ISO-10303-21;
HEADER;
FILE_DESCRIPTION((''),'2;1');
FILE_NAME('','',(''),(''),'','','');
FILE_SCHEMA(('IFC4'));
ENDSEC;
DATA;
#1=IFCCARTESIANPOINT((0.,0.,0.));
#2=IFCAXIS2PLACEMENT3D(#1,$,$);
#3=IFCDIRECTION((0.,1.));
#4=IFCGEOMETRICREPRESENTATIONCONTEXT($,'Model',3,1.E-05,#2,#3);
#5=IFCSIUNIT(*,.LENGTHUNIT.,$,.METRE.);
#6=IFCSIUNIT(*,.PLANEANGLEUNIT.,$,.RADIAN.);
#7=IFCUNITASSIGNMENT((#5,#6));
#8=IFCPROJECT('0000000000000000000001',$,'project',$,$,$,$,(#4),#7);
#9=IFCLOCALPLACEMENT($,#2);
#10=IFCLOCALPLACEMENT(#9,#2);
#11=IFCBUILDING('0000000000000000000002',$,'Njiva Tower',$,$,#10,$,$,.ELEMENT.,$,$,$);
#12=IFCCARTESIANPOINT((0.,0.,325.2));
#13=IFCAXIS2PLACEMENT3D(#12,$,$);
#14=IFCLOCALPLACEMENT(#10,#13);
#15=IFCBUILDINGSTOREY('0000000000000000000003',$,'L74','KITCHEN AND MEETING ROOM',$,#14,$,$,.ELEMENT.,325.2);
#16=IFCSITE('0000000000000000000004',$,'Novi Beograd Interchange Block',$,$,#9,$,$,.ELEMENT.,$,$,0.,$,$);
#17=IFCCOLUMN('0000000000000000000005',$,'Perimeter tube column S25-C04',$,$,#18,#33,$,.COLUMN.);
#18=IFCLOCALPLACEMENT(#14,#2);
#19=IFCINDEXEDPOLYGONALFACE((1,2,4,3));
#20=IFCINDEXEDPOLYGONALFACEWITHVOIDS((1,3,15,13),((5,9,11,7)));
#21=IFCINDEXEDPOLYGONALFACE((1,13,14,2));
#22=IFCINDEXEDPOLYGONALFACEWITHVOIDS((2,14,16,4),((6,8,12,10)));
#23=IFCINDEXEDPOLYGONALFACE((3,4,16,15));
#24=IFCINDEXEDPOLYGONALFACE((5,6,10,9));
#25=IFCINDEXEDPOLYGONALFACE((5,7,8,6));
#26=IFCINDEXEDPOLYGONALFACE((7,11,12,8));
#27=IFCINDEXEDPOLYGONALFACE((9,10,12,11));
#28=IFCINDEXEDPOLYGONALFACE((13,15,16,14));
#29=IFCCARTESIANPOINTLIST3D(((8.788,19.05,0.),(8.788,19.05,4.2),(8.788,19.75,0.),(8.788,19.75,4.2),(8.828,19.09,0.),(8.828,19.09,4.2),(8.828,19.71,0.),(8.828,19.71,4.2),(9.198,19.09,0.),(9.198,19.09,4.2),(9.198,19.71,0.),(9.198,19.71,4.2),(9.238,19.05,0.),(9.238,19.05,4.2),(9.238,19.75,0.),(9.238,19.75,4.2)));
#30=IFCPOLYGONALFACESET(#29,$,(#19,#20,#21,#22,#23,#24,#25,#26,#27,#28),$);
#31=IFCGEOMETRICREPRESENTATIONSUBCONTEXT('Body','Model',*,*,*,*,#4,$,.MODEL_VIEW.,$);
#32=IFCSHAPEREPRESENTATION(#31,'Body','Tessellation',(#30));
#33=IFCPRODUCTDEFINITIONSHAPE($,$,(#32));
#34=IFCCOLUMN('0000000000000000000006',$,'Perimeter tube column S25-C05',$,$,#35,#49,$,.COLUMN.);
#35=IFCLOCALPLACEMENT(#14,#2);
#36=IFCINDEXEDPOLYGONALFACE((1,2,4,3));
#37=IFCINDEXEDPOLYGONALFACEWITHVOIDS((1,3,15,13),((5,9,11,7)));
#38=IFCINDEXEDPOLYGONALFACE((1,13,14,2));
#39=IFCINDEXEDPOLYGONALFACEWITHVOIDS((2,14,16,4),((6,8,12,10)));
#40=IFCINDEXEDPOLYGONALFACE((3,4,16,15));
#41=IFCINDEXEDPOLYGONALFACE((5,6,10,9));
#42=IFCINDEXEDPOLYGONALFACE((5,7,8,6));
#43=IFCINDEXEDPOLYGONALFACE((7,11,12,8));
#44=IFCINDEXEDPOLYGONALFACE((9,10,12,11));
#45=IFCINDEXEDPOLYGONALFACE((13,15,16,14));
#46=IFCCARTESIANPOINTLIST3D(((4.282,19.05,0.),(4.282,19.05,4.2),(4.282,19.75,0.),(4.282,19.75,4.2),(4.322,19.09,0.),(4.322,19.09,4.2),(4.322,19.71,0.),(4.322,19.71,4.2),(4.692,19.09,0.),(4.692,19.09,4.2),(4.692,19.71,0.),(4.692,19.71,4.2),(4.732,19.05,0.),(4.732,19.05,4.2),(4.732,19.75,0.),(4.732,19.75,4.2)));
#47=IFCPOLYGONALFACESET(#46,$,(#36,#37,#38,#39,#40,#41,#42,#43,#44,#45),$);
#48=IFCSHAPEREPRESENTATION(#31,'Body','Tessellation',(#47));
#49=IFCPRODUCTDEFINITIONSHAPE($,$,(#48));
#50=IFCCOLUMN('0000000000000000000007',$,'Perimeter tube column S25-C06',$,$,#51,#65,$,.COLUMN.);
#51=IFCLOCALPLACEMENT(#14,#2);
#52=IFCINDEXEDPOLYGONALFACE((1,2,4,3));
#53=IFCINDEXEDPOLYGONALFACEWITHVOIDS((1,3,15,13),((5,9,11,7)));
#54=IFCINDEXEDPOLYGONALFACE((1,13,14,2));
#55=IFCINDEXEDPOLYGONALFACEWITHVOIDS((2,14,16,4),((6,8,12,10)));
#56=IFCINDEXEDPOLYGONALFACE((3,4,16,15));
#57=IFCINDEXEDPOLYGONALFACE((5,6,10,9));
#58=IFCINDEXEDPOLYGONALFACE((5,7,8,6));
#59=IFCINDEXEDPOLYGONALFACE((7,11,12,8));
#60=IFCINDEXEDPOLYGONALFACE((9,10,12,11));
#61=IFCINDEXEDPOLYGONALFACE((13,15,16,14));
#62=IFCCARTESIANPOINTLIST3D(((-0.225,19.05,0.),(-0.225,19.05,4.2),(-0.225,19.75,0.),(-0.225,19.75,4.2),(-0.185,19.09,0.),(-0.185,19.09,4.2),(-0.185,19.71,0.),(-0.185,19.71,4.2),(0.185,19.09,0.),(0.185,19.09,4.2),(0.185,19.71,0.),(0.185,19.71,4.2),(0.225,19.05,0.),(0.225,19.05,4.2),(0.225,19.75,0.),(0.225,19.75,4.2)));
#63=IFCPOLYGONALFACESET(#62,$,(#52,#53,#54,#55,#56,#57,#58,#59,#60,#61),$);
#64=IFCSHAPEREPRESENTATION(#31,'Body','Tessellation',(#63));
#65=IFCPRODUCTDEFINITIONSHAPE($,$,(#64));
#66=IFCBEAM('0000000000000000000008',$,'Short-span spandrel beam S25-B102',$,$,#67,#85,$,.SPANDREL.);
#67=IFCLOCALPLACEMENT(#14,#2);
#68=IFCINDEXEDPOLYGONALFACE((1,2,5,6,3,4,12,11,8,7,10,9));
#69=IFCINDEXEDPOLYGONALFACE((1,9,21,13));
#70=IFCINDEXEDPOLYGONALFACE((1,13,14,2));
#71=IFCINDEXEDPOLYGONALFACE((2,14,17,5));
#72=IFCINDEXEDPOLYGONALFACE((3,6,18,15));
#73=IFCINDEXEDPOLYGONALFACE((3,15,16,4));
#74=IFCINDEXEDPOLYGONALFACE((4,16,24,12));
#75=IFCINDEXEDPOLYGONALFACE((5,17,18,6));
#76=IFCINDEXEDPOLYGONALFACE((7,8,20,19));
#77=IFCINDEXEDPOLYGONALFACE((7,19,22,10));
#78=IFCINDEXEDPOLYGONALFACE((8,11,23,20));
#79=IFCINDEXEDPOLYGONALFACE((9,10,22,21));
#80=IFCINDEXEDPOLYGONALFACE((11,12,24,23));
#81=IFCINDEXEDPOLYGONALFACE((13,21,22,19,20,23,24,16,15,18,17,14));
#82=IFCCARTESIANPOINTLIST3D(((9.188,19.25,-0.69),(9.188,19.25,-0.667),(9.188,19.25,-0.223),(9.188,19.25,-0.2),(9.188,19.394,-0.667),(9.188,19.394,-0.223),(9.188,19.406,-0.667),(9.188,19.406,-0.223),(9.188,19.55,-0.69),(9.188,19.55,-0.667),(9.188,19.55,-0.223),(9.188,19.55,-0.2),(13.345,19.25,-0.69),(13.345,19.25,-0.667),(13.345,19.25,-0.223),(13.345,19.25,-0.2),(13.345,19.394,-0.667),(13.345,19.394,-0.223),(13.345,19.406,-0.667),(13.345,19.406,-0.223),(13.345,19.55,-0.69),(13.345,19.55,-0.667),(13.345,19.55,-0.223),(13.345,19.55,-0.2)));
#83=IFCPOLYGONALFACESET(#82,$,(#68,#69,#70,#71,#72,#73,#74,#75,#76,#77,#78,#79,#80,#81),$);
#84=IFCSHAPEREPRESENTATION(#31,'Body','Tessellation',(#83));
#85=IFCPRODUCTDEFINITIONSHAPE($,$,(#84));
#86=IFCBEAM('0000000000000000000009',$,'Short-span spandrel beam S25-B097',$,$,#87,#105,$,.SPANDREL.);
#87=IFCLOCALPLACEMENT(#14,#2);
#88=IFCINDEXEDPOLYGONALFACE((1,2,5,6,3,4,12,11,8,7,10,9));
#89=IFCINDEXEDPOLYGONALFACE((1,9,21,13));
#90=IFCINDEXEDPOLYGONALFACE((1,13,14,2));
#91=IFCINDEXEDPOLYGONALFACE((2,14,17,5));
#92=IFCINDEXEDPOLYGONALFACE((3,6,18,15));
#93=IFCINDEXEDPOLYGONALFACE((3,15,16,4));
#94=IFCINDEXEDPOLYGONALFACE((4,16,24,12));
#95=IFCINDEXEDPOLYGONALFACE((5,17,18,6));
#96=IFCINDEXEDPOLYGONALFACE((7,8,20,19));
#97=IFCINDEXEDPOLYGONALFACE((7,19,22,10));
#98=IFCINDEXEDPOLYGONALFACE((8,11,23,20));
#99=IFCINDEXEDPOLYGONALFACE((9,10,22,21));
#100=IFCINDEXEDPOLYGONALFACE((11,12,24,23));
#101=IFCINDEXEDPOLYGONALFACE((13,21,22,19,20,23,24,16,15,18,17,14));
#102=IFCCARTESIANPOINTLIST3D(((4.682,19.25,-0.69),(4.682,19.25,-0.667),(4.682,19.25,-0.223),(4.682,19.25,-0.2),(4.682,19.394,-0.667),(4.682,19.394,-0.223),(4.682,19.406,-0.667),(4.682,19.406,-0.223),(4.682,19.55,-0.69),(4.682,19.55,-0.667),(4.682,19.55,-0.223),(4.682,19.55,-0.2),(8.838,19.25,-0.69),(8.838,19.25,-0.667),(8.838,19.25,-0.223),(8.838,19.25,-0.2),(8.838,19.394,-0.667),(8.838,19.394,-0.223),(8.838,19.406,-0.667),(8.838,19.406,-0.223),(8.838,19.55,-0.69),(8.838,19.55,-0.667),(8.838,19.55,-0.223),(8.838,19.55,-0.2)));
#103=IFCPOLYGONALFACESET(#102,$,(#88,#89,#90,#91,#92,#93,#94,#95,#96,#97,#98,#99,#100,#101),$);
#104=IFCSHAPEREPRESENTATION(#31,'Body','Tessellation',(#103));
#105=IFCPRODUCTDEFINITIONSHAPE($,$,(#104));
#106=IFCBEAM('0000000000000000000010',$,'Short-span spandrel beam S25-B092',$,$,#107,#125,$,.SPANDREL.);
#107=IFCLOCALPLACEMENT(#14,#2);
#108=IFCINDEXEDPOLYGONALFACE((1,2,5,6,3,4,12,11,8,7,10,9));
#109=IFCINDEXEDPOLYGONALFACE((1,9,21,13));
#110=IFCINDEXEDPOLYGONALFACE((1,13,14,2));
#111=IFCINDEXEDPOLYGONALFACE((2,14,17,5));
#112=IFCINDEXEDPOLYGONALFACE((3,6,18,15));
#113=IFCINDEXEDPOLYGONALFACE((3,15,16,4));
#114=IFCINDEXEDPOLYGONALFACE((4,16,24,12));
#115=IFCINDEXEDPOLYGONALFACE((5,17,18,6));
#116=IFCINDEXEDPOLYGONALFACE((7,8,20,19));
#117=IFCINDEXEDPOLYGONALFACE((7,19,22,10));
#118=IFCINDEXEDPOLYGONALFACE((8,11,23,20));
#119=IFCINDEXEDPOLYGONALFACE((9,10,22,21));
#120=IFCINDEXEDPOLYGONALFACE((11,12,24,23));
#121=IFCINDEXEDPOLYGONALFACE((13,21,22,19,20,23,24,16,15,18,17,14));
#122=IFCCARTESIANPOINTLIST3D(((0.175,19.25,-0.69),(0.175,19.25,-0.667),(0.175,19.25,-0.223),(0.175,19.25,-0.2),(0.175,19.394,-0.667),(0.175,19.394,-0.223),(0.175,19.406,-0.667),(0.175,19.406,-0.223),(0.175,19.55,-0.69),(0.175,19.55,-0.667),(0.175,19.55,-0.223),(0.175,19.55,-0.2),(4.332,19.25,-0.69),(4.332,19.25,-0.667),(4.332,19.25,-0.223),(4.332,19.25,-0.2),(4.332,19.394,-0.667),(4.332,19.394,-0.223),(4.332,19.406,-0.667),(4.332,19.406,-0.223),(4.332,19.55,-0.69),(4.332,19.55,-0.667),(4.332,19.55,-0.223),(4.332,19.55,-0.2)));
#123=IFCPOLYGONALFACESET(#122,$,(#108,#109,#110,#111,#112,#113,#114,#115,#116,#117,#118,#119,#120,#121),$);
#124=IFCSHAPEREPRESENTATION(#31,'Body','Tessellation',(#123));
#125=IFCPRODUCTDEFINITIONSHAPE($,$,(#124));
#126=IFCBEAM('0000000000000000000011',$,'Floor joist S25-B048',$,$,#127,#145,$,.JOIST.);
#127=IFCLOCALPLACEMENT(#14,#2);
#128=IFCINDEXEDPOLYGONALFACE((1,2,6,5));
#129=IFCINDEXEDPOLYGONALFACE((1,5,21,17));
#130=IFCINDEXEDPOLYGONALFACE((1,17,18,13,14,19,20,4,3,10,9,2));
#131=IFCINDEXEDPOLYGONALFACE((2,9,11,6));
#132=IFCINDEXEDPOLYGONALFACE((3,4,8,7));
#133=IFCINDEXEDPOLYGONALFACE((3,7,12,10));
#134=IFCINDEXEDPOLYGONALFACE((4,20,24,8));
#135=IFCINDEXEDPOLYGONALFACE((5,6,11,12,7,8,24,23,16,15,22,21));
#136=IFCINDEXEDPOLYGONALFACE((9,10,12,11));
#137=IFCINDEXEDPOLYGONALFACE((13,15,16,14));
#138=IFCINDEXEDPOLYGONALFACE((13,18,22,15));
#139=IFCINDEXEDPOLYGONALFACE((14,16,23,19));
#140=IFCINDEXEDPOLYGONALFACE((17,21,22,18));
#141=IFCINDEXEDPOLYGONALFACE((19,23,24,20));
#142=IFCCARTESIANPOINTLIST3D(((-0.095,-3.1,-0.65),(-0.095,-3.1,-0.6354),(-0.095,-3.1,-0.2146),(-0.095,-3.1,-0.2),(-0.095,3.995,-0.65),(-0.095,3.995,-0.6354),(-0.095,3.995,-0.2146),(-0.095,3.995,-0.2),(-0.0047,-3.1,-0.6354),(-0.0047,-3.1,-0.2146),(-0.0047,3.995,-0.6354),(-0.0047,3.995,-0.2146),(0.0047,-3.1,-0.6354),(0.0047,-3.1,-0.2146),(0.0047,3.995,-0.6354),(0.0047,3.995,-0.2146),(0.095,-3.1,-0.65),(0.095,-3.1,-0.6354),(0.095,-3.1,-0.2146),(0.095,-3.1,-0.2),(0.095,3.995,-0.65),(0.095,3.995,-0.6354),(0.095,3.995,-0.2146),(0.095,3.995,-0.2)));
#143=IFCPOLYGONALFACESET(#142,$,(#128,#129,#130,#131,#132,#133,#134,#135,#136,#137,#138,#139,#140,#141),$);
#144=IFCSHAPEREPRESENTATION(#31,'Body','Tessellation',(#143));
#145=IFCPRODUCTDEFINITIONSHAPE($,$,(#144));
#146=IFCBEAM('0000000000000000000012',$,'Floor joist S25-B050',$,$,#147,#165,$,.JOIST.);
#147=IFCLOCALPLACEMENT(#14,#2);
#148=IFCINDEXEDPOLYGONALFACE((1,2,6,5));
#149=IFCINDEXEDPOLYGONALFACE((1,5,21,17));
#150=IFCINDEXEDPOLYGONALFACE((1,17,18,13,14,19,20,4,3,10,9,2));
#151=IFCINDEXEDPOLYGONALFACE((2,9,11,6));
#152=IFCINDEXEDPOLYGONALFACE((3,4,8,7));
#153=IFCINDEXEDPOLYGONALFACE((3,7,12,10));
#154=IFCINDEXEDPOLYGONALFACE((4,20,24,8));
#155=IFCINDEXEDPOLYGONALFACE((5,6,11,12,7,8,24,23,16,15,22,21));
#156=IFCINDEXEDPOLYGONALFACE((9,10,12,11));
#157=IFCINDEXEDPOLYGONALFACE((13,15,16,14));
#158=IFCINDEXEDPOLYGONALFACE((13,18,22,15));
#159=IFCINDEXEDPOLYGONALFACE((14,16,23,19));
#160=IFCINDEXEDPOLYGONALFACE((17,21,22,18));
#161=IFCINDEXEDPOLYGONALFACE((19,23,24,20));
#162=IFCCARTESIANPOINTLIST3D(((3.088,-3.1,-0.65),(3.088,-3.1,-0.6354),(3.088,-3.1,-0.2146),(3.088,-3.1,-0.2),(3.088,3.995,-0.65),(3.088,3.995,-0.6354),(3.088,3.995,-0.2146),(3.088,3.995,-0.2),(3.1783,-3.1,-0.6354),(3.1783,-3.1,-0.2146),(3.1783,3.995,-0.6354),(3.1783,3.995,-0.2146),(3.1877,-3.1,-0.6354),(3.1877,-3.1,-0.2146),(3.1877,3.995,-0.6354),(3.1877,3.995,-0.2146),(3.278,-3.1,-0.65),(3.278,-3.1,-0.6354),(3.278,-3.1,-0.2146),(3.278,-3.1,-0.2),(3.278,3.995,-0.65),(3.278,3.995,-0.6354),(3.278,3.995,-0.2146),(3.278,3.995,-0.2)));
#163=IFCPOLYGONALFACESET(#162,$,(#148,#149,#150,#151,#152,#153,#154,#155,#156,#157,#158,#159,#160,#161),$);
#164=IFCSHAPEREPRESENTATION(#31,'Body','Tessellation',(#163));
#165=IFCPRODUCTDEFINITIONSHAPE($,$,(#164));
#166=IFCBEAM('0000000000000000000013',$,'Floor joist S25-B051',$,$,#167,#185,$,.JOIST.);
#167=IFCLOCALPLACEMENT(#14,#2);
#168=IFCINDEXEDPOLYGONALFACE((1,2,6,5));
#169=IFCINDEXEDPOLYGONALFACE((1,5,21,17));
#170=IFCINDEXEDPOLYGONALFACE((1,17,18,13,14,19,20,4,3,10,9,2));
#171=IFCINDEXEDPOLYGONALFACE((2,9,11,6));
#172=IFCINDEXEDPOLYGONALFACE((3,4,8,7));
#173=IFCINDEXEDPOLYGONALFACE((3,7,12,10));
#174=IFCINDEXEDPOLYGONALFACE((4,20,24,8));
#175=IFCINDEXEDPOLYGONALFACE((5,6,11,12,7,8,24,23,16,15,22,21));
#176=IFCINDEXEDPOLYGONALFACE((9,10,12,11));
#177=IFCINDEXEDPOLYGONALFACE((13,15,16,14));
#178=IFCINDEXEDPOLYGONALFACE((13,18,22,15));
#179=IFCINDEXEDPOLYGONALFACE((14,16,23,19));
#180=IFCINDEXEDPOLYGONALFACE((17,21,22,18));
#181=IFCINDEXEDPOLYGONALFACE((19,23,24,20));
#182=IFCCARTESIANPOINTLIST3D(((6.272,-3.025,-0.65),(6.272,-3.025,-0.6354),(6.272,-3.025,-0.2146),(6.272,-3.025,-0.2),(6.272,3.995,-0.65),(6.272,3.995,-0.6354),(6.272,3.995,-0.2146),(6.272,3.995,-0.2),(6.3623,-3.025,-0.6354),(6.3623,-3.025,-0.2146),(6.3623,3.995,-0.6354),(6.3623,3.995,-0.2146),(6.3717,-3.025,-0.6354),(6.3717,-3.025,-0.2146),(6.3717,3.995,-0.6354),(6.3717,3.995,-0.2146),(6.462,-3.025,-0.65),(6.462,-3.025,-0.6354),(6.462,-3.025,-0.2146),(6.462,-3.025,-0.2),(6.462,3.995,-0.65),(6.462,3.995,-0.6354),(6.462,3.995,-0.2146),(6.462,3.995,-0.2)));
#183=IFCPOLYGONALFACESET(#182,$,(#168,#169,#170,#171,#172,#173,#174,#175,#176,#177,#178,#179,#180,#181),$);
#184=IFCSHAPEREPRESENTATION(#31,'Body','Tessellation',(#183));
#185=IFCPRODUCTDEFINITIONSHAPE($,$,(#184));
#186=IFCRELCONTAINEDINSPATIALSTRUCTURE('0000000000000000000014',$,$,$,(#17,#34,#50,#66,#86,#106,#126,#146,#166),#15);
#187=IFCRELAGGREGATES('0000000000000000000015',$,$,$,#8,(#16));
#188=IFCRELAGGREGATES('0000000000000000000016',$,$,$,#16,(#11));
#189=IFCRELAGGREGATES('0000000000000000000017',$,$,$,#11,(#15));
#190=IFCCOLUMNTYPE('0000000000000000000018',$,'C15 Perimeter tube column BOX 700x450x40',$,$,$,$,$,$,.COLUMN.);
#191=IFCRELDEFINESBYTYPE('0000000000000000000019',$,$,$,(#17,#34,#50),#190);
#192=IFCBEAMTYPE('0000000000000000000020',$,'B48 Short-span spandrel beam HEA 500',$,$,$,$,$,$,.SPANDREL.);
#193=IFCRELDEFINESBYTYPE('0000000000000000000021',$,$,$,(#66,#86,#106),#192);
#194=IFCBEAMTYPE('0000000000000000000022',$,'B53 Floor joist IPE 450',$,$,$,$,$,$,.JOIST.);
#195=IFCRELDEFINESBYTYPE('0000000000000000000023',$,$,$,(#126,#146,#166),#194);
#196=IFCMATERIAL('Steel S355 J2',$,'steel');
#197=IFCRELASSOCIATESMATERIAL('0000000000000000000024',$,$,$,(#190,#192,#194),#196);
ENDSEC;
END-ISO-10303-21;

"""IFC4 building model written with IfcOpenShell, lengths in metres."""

from ifc_helpers import new_model, si_unit, direction, frame, origin, origin_2d, place, context, subcontext, project, spatial, hollow_rectangle, i_section, extrude, material, material_profile, profile_set, type_object, element, save


model = new_model("IFC4")

# Units and contexts
model_context = context("Model", 3, precision=1e-05, world=origin(), true_north=direction((0.0, 1.0)))
body_context = subcontext(model_context, "Body", "Model", "MODEL_VIEW")
ifc_project = project(units=[si_unit("LENGTHUNIT", "METRE"), si_unit("PLANEANGLEUNIT", "RADIAN")], contexts=[model_context])

# Site, building, storey
site_placement = place(None, origin())
site = spatial("IfcSite", under=ifc_project, at=site_placement, Name="Novi Beograd Interchange Block", CompositionType="ELEMENT", RefElevation=0.0)
building_placement = place(site_placement, origin())
building = spatial("IfcBuilding", under=site, at=building_placement, Name="Njiva Tower", CompositionType="ELEMENT")
storey_placement = place(building_placement, frame((0.0, 0.0, 325.2)))
storey = spatial("IfcBuildingStorey", under=building, at=storey_placement, Name="L74", Description="KITCHEN AND MEETING ROOM", CompositionType="ELEMENT", Elevation=325.2)

# Columns
ifc_material_1 = material(Name="Steel S355 J2", Category="steel")
ifc_material_profile_1 = material_profile(ifc_material_1, hollow_rectangle(XDim=0.45, YDim=0.7, WallThickness=0.04, at=origin_2d()), Name="BOX 700x450x40")
ifc_profile_set_1 = profile_set([ifc_material_profile_1], Name="Steel S355 J2")
column_type = type_object("IfcColumnType", Name="C15 Perimeter tube column BOX 700x450x40", PredefinedType="COLUMN", material=ifc_profile_set_1)
for number, where, z_axis, x_axis, name in (
    (1, (9.013, 19.4, 0.0), (0.0, 0.0, 1.0), (-1.0, 0.0, 0.0), "Perimeter tube column S25-C04"),
    (2, (4.507, 19.4, 0.0), (0.0, 0.0, 1.0), (-1.0, 0.0, 0.0), "Perimeter tube column S25-C05"),
    (3, (0.0, 19.4, 0.0), (0.0, 0.0, 1.0), (-1.0, 0.0, 0.0), "Perimeter tube column S25-C06"),
):
    element("IfcColumn", number, at=place(storey_placement, frame(where, z_axis=z_axis, x_axis=x_axis)), inside=storey, type_object=column_type, Name=name, PredefinedType="COLUMN", context=body_context, shape_type="SweptSolid", body=[
        extrude(hollow_rectangle(XDim=0.45, YDim=0.7, WallThickness=0.04, at=origin_2d()), origin(), (0.0, 0.0, 1.0), 4.2),
    ])

# Beams
ifc_material_profile_2 = material_profile(ifc_material_1, i_section(OverallWidth=0.3, OverallDepth=0.49, WebThickness=0.012, FlangeThickness=0.023, at=origin_2d()), Name="HEA 500")
ifc_profile_set_2 = profile_set([ifc_material_profile_2], Name="Steel S355 J2")
beam_type_1 = type_object("IfcBeamType", Name="B48 Short-span spandrel beam HEA 500", PredefinedType="SPANDREL", material=ifc_profile_set_2)
beam_1_placement = place(storey_placement, frame((13.345, 19.4, -0.445), z_axis=(-1.0, 0.0, 0.0), x_axis=(0.0, -1.0, 0.0)))
element("IfcBeam", 4, at=beam_1_placement, inside=storey, type_object=beam_type_1, Name="Short-span spandrel beam S25-B102", PredefinedType="SPANDREL", context=body_context, shape_type="SweptSolid", body=[
    extrude(i_section(OverallWidth=0.3, OverallDepth=0.49, WebThickness=0.012, FlangeThickness=0.023, at=origin_2d()), origin(), (0.0, 0.0, 1.0), 4.157),
])
beam_2_placement = place(storey_placement, frame((8.838, 19.4, -0.445), z_axis=(-1.0, 0.0, 0.0), x_axis=(0.0, -1.0, 0.0)))
element("IfcBeam", 5, at=beam_2_placement, inside=storey, type_object=beam_type_1, Name="Short-span spandrel beam S25-B097", PredefinedType="SPANDREL", context=body_context, shape_type="SweptSolid", body=[
    extrude(i_section(OverallWidth=0.3, OverallDepth=0.49, WebThickness=0.012, FlangeThickness=0.023, at=origin_2d()), origin(), (0.0, 0.0, 1.0), 4.156),
])
beam_3_placement = place(storey_placement, frame((4.332, 19.4, -0.445), z_axis=(-1.0, 0.0, 0.0), x_axis=(0.0, -1.0, 0.0)))
element("IfcBeam", 6, at=beam_3_placement, inside=storey, type_object=beam_type_1, Name="Short-span spandrel beam S25-B092", PredefinedType="SPANDREL", context=body_context, shape_type="SweptSolid", body=[
    extrude(i_section(OverallWidth=0.3, OverallDepth=0.49, WebThickness=0.012, FlangeThickness=0.023, at=origin_2d()), origin(), (0.0, 0.0, 1.0), 4.157),
])
ifc_material_profile_3 = material_profile(ifc_material_1, i_section(OverallWidth=0.19, OverallDepth=0.45, WebThickness=0.0094, FlangeThickness=0.0146, at=origin_2d()), Name="IPE 450")
ifc_profile_set_3 = profile_set([ifc_material_profile_3], Name="Steel S355 J2")
beam_type_2 = type_object("IfcBeamType", Name="B53 Floor joist IPE 450", PredefinedType="JOIST", material=ifc_profile_set_3)
for number, where, z_axis, x_axis, name in (
    (7, (0.0, 3.995, -0.425), (0.0, -1.0, 0.0), (1.0, 0.0, 0.0), "Floor joist S25-B048"),
    (8, (3.183, 3.995, -0.425), (0.0, -1.0, 0.0), (1.0, 0.0, 0.0), "Floor joist S25-B050"),
):
    element("IfcBeam", number, at=place(storey_placement, frame(where, z_axis=z_axis, x_axis=x_axis)), inside=storey, type_object=beam_type_2, Name=name, PredefinedType="JOIST", context=body_context, shape_type="SweptSolid", body=[
        extrude(i_section(OverallWidth=0.19, OverallDepth=0.45, WebThickness=0.0094, FlangeThickness=0.0146, at=origin_2d()), origin(), (0.0, 0.0, 1.0), 7.095),
    ])
beam_4_placement = place(storey_placement, frame((6.367, 3.995, -0.425), z_axis=(0.0, -1.0, 0.0), x_axis=(1.0, 0.0, 0.0)))
element("IfcBeam", 9, at=beam_4_placement, inside=storey, type_object=beam_type_2, Name="Floor joist S25-B051", PredefinedType="JOIST", context=body_context, shape_type="SweptSolid", body=[
    extrude(i_section(OverallWidth=0.19, OverallDepth=0.45, WebThickness=0.0094, FlangeThickness=0.0146, at=origin_2d()), origin(), (0.0, 0.0, 1.0), 7.02),
])

save(model, "model.ifc")
